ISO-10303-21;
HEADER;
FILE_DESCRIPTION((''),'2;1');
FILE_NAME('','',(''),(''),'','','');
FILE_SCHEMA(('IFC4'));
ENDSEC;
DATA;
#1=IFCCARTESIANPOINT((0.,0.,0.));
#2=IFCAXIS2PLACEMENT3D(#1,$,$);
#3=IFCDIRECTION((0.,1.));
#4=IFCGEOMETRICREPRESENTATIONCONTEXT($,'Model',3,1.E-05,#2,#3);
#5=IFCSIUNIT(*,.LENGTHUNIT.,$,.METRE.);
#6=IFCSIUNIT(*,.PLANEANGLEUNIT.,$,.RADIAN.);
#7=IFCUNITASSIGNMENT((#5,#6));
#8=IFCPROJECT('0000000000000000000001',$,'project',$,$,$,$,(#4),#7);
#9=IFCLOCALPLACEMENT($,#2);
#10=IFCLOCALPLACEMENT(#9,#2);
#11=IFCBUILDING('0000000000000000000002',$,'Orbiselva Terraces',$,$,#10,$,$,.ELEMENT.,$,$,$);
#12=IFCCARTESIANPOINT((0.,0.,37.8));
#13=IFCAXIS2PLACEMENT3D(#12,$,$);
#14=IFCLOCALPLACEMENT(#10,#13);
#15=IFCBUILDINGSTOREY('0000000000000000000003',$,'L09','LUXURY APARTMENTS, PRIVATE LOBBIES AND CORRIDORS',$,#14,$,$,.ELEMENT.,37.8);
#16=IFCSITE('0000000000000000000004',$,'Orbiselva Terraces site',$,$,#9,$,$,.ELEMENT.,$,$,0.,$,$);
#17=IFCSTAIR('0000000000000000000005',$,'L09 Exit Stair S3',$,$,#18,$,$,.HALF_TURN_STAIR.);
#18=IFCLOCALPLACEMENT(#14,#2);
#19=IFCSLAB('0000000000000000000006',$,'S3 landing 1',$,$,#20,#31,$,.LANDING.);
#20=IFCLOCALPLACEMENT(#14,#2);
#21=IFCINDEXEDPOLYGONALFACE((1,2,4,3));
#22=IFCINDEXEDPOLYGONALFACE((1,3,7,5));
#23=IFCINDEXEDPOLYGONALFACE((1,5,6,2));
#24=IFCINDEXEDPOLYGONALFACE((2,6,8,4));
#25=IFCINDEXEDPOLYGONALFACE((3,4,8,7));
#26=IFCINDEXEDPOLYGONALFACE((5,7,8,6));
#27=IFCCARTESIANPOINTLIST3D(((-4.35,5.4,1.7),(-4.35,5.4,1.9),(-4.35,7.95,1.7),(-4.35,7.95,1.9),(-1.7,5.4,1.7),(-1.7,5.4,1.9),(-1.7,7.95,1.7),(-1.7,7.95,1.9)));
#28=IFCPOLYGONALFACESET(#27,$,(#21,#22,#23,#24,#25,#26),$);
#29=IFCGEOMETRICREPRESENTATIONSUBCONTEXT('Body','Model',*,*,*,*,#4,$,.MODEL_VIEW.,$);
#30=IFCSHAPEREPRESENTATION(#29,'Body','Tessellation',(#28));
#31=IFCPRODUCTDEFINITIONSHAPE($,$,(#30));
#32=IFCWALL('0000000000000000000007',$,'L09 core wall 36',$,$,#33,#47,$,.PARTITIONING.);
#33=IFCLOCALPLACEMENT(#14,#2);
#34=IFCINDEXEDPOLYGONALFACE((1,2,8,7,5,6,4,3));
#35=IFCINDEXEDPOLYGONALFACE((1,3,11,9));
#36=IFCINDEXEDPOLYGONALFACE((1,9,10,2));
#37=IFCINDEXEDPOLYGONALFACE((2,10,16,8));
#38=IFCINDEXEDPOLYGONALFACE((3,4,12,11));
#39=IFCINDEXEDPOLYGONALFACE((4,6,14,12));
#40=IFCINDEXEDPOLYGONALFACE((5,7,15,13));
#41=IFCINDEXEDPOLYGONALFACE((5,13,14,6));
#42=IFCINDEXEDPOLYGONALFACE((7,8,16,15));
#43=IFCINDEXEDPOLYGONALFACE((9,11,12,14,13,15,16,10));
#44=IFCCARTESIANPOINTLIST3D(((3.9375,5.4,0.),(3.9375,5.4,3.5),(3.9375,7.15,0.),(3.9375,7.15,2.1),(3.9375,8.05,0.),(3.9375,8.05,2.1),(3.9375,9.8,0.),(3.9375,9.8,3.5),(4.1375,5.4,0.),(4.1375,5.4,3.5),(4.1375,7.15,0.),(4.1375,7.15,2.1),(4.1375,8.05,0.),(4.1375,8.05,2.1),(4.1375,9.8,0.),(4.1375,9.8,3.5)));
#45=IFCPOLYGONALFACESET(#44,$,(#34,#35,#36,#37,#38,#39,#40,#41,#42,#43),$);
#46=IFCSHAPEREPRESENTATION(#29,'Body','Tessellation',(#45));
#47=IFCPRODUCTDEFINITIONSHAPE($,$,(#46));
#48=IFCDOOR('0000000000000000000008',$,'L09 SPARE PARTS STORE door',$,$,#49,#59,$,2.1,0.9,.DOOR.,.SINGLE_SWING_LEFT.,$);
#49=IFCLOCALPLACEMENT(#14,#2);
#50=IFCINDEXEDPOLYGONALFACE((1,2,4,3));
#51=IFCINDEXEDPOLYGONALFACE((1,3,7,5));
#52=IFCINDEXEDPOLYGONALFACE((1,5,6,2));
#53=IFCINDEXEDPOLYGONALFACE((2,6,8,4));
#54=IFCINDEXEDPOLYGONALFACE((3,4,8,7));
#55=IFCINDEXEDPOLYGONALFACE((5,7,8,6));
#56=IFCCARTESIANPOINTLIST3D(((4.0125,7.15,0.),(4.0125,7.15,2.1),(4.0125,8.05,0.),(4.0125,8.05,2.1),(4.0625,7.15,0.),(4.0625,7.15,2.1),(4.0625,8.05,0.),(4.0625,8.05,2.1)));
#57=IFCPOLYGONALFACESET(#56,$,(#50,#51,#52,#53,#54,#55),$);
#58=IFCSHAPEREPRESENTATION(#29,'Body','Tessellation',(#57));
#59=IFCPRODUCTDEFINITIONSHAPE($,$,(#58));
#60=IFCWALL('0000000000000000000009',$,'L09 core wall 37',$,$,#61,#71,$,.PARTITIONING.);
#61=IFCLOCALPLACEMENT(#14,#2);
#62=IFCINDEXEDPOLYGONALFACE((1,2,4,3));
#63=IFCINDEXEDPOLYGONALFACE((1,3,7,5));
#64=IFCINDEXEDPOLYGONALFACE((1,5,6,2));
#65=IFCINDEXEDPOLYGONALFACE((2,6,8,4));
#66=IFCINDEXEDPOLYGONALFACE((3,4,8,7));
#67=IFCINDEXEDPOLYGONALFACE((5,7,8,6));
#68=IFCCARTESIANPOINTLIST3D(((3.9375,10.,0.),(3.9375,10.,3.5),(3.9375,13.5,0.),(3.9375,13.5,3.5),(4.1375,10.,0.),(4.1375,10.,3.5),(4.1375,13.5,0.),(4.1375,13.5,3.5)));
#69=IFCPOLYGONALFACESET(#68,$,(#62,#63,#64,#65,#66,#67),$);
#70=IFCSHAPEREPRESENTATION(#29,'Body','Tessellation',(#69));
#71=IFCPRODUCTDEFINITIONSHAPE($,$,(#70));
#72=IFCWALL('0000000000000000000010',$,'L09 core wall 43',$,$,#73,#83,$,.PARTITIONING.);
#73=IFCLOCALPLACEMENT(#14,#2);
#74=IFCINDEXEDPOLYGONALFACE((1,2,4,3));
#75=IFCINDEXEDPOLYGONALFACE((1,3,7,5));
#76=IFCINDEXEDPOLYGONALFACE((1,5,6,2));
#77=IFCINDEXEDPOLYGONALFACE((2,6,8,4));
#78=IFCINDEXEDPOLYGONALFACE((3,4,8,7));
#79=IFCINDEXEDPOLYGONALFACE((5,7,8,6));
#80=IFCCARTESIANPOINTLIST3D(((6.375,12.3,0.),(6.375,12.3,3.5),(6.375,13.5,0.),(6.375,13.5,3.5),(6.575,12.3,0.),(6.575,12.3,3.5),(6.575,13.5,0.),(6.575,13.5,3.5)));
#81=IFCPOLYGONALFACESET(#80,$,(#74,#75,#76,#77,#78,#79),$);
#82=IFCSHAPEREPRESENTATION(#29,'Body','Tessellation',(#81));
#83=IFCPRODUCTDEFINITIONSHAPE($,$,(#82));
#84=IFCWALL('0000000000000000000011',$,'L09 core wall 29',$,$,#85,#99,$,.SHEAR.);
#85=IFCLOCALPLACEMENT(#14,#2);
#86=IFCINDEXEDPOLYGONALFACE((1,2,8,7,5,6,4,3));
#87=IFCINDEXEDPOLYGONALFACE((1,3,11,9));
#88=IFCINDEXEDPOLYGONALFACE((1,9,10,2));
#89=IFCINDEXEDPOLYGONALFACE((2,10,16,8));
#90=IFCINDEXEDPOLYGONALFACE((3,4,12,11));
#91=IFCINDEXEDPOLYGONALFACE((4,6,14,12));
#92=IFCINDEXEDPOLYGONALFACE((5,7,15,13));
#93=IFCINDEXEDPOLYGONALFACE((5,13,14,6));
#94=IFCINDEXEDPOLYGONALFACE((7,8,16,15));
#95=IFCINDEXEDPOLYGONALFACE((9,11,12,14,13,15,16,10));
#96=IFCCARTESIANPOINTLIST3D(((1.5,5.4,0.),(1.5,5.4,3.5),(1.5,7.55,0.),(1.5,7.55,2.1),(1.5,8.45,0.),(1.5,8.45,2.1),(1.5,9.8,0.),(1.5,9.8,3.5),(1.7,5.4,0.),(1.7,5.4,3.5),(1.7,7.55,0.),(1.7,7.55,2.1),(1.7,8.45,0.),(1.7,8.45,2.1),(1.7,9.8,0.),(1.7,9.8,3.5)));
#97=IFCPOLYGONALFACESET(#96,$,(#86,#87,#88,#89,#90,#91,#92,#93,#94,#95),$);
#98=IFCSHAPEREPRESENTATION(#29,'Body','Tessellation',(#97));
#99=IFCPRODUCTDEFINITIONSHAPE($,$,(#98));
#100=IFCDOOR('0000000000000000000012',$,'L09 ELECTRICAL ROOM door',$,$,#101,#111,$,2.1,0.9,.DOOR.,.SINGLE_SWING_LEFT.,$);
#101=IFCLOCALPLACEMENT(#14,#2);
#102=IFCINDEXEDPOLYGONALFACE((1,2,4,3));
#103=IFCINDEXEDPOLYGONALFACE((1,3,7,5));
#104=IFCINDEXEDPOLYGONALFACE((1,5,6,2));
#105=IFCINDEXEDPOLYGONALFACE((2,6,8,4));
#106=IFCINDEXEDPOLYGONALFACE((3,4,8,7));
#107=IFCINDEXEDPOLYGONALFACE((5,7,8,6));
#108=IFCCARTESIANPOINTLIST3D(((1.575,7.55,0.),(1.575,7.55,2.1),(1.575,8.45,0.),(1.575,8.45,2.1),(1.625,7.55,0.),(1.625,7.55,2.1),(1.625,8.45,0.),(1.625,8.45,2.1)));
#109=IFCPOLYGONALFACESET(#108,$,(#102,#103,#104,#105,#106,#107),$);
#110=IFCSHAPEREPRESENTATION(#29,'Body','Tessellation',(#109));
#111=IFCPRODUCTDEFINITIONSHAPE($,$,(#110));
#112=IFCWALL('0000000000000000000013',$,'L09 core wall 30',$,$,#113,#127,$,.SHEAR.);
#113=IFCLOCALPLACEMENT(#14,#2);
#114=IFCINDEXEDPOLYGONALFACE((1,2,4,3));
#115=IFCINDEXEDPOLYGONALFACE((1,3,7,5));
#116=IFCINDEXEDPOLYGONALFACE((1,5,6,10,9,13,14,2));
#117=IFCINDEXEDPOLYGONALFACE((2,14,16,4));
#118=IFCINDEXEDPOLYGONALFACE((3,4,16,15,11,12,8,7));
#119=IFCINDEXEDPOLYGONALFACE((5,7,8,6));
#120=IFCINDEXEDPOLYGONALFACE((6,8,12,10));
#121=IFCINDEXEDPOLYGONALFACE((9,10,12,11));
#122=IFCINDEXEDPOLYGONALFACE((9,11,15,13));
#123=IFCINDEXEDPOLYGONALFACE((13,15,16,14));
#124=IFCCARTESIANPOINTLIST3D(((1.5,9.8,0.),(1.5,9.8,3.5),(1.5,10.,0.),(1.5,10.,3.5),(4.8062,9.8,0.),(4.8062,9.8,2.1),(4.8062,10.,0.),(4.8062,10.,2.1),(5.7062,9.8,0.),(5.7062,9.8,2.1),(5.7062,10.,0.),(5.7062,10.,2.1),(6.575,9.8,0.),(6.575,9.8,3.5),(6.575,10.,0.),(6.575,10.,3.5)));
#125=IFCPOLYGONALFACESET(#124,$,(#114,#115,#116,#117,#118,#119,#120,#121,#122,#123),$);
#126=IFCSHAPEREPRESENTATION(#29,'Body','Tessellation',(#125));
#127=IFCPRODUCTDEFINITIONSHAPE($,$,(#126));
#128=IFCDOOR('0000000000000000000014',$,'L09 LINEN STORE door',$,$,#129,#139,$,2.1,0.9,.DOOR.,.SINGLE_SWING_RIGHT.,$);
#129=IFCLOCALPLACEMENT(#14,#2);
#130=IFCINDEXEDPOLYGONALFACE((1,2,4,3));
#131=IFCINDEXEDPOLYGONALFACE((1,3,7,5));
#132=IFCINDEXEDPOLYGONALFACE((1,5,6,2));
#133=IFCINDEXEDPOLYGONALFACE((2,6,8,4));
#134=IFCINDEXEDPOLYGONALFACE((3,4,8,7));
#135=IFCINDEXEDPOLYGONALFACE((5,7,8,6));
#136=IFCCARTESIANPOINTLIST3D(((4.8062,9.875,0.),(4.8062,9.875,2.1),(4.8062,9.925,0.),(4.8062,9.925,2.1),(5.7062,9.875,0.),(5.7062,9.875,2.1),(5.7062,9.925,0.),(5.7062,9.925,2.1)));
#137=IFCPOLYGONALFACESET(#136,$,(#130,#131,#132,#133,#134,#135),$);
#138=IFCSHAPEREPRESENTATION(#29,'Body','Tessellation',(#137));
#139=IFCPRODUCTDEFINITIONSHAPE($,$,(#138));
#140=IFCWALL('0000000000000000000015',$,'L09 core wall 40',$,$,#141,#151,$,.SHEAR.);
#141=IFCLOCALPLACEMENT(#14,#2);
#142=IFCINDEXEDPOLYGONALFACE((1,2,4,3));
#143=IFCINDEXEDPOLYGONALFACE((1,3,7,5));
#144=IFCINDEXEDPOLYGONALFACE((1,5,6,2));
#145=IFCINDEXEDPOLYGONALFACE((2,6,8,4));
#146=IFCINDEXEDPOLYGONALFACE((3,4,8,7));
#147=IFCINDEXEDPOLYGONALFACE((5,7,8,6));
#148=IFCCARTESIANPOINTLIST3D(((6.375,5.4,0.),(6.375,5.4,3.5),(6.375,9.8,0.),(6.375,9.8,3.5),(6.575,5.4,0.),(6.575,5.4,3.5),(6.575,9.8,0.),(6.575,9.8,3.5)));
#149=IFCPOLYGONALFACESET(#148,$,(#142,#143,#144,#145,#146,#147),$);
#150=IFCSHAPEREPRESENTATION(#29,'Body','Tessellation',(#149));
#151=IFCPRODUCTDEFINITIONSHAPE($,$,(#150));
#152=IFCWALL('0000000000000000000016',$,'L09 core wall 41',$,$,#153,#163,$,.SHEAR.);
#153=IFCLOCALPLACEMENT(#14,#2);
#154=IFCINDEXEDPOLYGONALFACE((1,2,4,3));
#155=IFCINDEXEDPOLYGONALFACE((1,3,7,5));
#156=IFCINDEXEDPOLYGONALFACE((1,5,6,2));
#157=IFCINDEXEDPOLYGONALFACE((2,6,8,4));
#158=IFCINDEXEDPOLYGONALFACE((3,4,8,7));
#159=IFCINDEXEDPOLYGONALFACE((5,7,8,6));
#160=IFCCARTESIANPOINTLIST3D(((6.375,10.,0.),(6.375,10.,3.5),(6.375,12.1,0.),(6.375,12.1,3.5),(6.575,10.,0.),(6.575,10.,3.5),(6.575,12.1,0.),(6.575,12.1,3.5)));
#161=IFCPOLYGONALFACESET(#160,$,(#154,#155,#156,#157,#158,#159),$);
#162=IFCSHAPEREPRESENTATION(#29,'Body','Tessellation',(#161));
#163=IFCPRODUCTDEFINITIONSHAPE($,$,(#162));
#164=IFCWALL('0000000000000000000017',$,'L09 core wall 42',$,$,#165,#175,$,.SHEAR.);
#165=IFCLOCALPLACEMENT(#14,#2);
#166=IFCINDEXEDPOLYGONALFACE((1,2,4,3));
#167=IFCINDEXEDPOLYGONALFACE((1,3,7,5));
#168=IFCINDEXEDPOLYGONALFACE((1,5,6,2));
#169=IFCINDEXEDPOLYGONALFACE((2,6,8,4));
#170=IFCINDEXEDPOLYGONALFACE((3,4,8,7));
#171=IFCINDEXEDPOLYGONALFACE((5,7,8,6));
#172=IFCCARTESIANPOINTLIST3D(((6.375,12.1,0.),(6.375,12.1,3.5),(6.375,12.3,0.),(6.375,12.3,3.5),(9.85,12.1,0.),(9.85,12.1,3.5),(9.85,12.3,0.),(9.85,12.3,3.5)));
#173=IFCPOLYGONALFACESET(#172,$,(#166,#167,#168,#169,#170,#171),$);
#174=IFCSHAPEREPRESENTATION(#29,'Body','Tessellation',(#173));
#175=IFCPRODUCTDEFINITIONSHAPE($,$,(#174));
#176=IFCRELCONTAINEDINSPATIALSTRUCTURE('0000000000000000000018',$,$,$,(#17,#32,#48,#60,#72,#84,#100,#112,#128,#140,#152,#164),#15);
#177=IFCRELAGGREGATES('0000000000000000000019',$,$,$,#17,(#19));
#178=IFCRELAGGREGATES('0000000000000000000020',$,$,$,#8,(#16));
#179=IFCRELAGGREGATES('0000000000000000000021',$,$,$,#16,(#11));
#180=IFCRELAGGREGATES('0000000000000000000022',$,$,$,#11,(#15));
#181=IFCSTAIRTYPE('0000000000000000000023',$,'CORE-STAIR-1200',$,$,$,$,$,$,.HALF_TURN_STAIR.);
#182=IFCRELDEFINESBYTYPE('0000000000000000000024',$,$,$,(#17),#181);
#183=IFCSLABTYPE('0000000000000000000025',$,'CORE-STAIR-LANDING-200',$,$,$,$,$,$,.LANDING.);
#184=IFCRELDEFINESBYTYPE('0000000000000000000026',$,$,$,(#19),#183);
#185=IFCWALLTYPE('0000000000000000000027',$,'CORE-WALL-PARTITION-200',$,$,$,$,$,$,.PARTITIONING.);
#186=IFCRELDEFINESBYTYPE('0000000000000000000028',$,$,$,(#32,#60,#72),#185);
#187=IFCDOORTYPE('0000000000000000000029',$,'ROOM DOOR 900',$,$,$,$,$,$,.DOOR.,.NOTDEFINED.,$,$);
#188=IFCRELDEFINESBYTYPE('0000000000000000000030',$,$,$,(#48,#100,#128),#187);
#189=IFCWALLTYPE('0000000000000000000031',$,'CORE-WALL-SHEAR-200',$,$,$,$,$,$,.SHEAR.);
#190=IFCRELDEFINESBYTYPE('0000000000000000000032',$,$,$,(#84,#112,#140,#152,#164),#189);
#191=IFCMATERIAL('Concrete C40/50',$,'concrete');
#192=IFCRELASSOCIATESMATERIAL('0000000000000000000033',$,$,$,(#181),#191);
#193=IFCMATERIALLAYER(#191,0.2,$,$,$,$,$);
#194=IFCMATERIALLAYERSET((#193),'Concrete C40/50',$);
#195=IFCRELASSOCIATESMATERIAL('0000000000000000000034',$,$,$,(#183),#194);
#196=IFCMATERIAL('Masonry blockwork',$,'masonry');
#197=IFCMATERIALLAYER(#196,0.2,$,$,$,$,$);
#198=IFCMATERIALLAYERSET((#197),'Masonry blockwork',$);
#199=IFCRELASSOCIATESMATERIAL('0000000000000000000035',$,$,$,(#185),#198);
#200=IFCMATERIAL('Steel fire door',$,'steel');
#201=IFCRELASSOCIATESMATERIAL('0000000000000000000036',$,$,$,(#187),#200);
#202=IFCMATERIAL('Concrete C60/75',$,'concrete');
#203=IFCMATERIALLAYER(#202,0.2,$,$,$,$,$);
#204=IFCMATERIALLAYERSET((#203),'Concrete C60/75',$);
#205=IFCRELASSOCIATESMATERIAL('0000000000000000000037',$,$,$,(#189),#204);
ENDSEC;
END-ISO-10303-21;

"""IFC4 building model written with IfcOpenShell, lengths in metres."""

from ifc_helpers import new_model, si_unit, direction, frame, frame_2d, origin, place, context, subcontext, project, spatial, polyline, rectangle, outline, extrude, material, layer, layer_set, type_object, element, fill, aggregate, save


model = new_model("IFC4")

# Units and contexts
model_context = context("Model", 3, precision=1e-05, world=origin(), true_north=direction((0.0, 1.0)))
body_context = subcontext(model_context, "Body", "Model", "MODEL_VIEW")
ifc_project = project(units=[si_unit("LENGTHUNIT", "METRE"), si_unit("PLANEANGLEUNIT", "RADIAN")], contexts=[model_context])

# Site, building, storey
site_placement = place(None, origin())
site = spatial("IfcSite", under=ifc_project, at=site_placement, Name="Orbiselva Terraces site", CompositionType="ELEMENT", RefElevation=0.0)
building_placement = place(site_placement, origin())
building = spatial("IfcBuilding", under=site, at=building_placement, Name="Orbiselva Terraces", CompositionType="ELEMENT")
storey_placement = place(building_placement, frame((0.0, 0.0, 37.8)))
storey = spatial("IfcBuildingStorey", under=building, at=storey_placement, Name="L09", Description="LUXURY APARTMENTS, PRIVATE LOBBIES AND CORRIDORS", CompositionType="ELEMENT", Elevation=37.8)

# Stair, slab
ifc_material_1 = material(Name="Concrete C40/50", Category="concrete")
stair_type = type_object("IfcStairType", Name="CORE-STAIR-1200", PredefinedType="HALF_TURN_STAIR", material=ifc_material_1)
stair_placement = place(storey_placement, origin())
stair = element("IfcStair", 1, at=stair_placement, inside=storey, type_object=stair_type, Name="L09 Exit Stair S3", PredefinedType="HALF_TURN_STAIR")
ifc_layer_1 = layer(ifc_material_1, 0.2)
ifc_layer_set_1 = layer_set([ifc_layer_1], Name="Concrete C40/50")
slab_type = type_object("IfcSlabType", Name="CORE-STAIR-LANDING-200", PredefinedType="LANDING", material=ifc_layer_set_1)
slab_placement = place(storey_placement, frame((0.0, 0.0, 1.7)))
slab = element("IfcSlab", 2, at=slab_placement, type_object=slab_type, Name="S3 landing 1", PredefinedType="LANDING", context=body_context, shape_type="SweptSolid", body=[
    extrude(outline(polyline([(-4.35, 5.4), (-1.7, 5.4), (-1.7, 7.95), (-4.35, 7.95), (-4.35, 5.4)])), origin(), (0.0, 0.0, 1.0), 0.2),
])
aggregate(stair, [slab])

# Wall, opening, door
ifc_material_2 = material(Name="Masonry blockwork", Category="masonry")
ifc_layer_2 = layer(ifc_material_2, 0.2)
ifc_layer_set_2 = layer_set([ifc_layer_2], Name="Masonry blockwork")
wall_type_1 = type_object("IfcWallType", Name="CORE-WALL-PARTITION-200", PredefinedType="PARTITIONING", material=ifc_layer_set_2)
wall_1_placement = place(storey_placement, frame((4.0375, 9.8, 0.0), z_axis=(0.0, 0.0, 1.0), x_axis=(0.0, -1.0, 0.0)))
wall_1 = element("IfcWall", 3, at=wall_1_placement, inside=storey, type_object=wall_type_1, Name="L09 core wall 36", PredefinedType="PARTITIONING", context=body_context, shape_type="SweptSolid", body=[
    extrude(rectangle(XDim=4.4, YDim=0.2, at=frame_2d((2.2, 0.0))), origin(), (0.0, 0.0, 1.0), 3.5),
])
opening_1_placement = place(wall_1_placement, frame((1.75, 0.0, 0.0)))
opening_1 = element("IfcOpeningElement", 4, at=opening_1_placement, cuts=wall_1, PredefinedType="OPENING", context=body_context, shape_type="SweptSolid", body=[
    extrude(rectangle(XDim=0.9, YDim=2.1, at=frame_2d((0.45, 1.05))), frame((0.0, 0.11, 0.0), z_axis=(0.0, -1.0, 0.0), x_axis=(1.0, 0.0, 0.0)), (0.0, 0.0, 1.0), 0.22),
])
ifc_material_3 = material(Name="Steel fire door", Category="steel")
door_type_1 = type_object("IfcDoorType", Name="ROOM DOOR 900", OperationType="NOTDEFINED", PredefinedType="DOOR", material=ifc_material_3)
door_1_placement = place(opening_1_placement, origin())
door_1 = element("IfcDoor", 5, at=door_1_placement, inside=storey, type_object=door_type_1, Name="L09 SPARE PARTS STORE door", OperationType="SINGLE_SWING_LEFT", OverallHeight=2.1, OverallWidth=0.9, PredefinedType="DOOR", context=body_context, shape_type="SweptSolid", body=[
    extrude(rectangle(XDim=0.9, YDim=2.1, at=frame_2d((0.45, 1.05))), frame((0.0, 0.025, 0.0), z_axis=(0.0, -1.0, 0.0), x_axis=(1.0, 0.0, 0.0)), (0.0, 0.0, 1.0), 0.05),
])
fill(opening_1, door_1)

# Walls
wall_2_placement = place(storey_placement, frame((4.0375, 10.0, 0.0), z_axis=(0.0, 0.0, 1.0), x_axis=(0.0, 1.0, 0.0)))
element("IfcWall", 6, at=wall_2_placement, inside=storey, type_object=wall_type_1, Name="L09 core wall 37", PredefinedType="PARTITIONING", context=body_context, shape_type="SweptSolid", body=[
    extrude(rectangle(XDim=3.5, YDim=0.2, at=frame_2d((1.75, 0.0))), origin(), (0.0, 0.0, 1.0), 3.5),
])
wall_3_placement = place(storey_placement, frame((6.475, 12.3, 0.0), z_axis=(0.0, 0.0, 1.0), x_axis=(0.0, 1.0, 0.0)))
element("IfcWall", 7, at=wall_3_placement, inside=storey, type_object=wall_type_1, Name="L09 core wall 43", PredefinedType="PARTITIONING", context=body_context, shape_type="SweptSolid", body=[
    extrude(rectangle(XDim=1.2, YDim=0.2, at=frame_2d((0.6, 0.0))), origin(), (0.0, 0.0, 1.0), 3.5),
])

# Walls, openings, doors
ifc_material_4 = material(Name="Concrete C60/75", Category="concrete")
ifc_layer_3 = layer(ifc_material_4, 0.2)
ifc_layer_set_3 = layer_set([ifc_layer_3], Name="Concrete C60/75")
wall_type_2 = type_object("IfcWallType", Name="CORE-WALL-SHEAR-200", PredefinedType="SHEAR", material=ifc_layer_set_3)
wall_4_placement = place(storey_placement, frame((1.6, 9.8, 0.0), z_axis=(0.0, 0.0, 1.0), x_axis=(0.0, -1.0, 0.0)))
wall_4 = element("IfcWall", 8, at=wall_4_placement, inside=storey, type_object=wall_type_2, Name="L09 core wall 29", PredefinedType="SHEAR", context=body_context, shape_type="SweptSolid", body=[
    extrude(rectangle(XDim=4.4, YDim=0.2, at=frame_2d((2.2, 0.0))), origin(), (0.0, 0.0, 1.0), 3.5),
])
opening_2_placement = place(wall_4_placement, frame((1.35, 0.0, 0.0)))
opening_2 = element("IfcOpeningElement", 9, at=opening_2_placement, cuts=wall_4, PredefinedType="OPENING", context=body_context, shape_type="SweptSolid", body=[
    extrude(rectangle(XDim=0.9, YDim=2.1, at=frame_2d((0.45, 1.05))), frame((0.0, 0.11, 0.0), z_axis=(0.0, -1.0, 0.0), x_axis=(1.0, 0.0, 0.0)), (0.0, 0.0, 1.0), 0.22),
])
door_2_placement = place(opening_2_placement, origin())
door_2 = element("IfcDoor", 10, at=door_2_placement, inside=storey, type_object=door_type_1, Name="L09 ELECTRICAL ROOM door", OperationType="SINGLE_SWING_LEFT", OverallHeight=2.1, OverallWidth=0.9, PredefinedType="DOOR", context=body_context, shape_type="SweptSolid", body=[
    extrude(rectangle(XDim=0.9, YDim=2.1, at=frame_2d((0.45, 1.05))), frame((0.0, 0.025, 0.0), z_axis=(0.0, -1.0, 0.0), x_axis=(1.0, 0.0, 0.0)), (0.0, 0.0, 1.0), 0.05),
])
fill(opening_2, door_2)
wall_5_placement = place(storey_placement, frame((1.5, 9.9, 0.0), z_axis=(0.0, 0.0, 1.0), x_axis=(1.0, 0.0, 0.0)))
wall_5 = element("IfcWall", 11, at=wall_5_placement, inside=storey, type_object=wall_type_2, Name="L09 core wall 30", PredefinedType="SHEAR", context=body_context, shape_type="SweptSolid", body=[
    extrude(rectangle(XDim=5.075, YDim=0.2, at=frame_2d((2.5375, 0.0))), origin(), (0.0, 0.0, 1.0), 3.5),
])
opening_3_placement = place(wall_5_placement, frame((3.3062, 0.0, 0.0)))
opening_3 = element("IfcOpeningElement", 12, at=opening_3_placement, cuts=wall_5, PredefinedType="OPENING", context=body_context, shape_type="SweptSolid", body=[
    extrude(rectangle(XDim=0.9, YDim=2.1, at=frame_2d((0.45, 1.05))), frame((0.0, 0.11, 0.0), z_axis=(0.0, -1.0, 0.0), x_axis=(1.0, 0.0, 0.0)), (0.0, 0.0, 1.0), 0.22),
])
door_3_placement = place(opening_3_placement, origin())
door_3 = element("IfcDoor", 13, at=door_3_placement, inside=storey, type_object=door_type_1, Name="L09 LINEN STORE door", OperationType="SINGLE_SWING_RIGHT", OverallHeight=2.1, OverallWidth=0.9, PredefinedType="DOOR", context=body_context, shape_type="SweptSolid", body=[
    extrude(rectangle(XDim=0.9, YDim=2.1, at=frame_2d((0.45, 1.05))), frame((0.0, 0.025, 0.0), z_axis=(0.0, -1.0, 0.0), x_axis=(1.0, 0.0, 0.0)), (0.0, 0.0, 1.0), 0.05),
])
fill(opening_3, door_3)

# Walls
wall_6_placement = place(storey_placement, frame((6.475, 5.4, 0.0), z_axis=(0.0, 0.0, 1.0), x_axis=(0.0, 1.0, 0.0)))
element("IfcWall", 14, at=wall_6_placement, inside=storey, type_object=wall_type_2, Name="L09 core wall 40", PredefinedType="SHEAR", context=body_context, shape_type="SweptSolid", body=[
    extrude(rectangle(XDim=4.4, YDim=0.2, at=frame_2d((2.2, 0.0))), origin(), (0.0, 0.0, 1.0), 3.5),
])
wall_7_placement = place(storey_placement, frame((6.475, 10.0, 0.0), z_axis=(0.0, 0.0, 1.0), x_axis=(0.0, 1.0, 0.0)))
element("IfcWall", 15, at=wall_7_placement, inside=storey, type_object=wall_type_2, Name="L09 core wall 41", PredefinedType="SHEAR", context=body_context, shape_type="SweptSolid", body=[
    extrude(rectangle(XDim=2.1, YDim=0.2, at=frame_2d((1.05, 0.0))), origin(), (0.0, 0.0, 1.0), 3.5),
])
wall_8_placement = place(storey_placement, frame((6.375, 12.2, 0.0), z_axis=(0.0, 0.0, 1.0), x_axis=(1.0, 0.0, 0.0)))
element("IfcWall", 16, at=wall_8_placement, inside=storey, type_object=wall_type_2, Name="L09 core wall 42", PredefinedType="SHEAR", context=body_context, shape_type="SweptSolid", body=[
    extrude(rectangle(XDim=3.475, YDim=0.2, at=frame_2d((1.7375, 0.0))), origin(), (0.0, 0.0, 1.0), 3.5),
])

save(model, "model.ifc")
